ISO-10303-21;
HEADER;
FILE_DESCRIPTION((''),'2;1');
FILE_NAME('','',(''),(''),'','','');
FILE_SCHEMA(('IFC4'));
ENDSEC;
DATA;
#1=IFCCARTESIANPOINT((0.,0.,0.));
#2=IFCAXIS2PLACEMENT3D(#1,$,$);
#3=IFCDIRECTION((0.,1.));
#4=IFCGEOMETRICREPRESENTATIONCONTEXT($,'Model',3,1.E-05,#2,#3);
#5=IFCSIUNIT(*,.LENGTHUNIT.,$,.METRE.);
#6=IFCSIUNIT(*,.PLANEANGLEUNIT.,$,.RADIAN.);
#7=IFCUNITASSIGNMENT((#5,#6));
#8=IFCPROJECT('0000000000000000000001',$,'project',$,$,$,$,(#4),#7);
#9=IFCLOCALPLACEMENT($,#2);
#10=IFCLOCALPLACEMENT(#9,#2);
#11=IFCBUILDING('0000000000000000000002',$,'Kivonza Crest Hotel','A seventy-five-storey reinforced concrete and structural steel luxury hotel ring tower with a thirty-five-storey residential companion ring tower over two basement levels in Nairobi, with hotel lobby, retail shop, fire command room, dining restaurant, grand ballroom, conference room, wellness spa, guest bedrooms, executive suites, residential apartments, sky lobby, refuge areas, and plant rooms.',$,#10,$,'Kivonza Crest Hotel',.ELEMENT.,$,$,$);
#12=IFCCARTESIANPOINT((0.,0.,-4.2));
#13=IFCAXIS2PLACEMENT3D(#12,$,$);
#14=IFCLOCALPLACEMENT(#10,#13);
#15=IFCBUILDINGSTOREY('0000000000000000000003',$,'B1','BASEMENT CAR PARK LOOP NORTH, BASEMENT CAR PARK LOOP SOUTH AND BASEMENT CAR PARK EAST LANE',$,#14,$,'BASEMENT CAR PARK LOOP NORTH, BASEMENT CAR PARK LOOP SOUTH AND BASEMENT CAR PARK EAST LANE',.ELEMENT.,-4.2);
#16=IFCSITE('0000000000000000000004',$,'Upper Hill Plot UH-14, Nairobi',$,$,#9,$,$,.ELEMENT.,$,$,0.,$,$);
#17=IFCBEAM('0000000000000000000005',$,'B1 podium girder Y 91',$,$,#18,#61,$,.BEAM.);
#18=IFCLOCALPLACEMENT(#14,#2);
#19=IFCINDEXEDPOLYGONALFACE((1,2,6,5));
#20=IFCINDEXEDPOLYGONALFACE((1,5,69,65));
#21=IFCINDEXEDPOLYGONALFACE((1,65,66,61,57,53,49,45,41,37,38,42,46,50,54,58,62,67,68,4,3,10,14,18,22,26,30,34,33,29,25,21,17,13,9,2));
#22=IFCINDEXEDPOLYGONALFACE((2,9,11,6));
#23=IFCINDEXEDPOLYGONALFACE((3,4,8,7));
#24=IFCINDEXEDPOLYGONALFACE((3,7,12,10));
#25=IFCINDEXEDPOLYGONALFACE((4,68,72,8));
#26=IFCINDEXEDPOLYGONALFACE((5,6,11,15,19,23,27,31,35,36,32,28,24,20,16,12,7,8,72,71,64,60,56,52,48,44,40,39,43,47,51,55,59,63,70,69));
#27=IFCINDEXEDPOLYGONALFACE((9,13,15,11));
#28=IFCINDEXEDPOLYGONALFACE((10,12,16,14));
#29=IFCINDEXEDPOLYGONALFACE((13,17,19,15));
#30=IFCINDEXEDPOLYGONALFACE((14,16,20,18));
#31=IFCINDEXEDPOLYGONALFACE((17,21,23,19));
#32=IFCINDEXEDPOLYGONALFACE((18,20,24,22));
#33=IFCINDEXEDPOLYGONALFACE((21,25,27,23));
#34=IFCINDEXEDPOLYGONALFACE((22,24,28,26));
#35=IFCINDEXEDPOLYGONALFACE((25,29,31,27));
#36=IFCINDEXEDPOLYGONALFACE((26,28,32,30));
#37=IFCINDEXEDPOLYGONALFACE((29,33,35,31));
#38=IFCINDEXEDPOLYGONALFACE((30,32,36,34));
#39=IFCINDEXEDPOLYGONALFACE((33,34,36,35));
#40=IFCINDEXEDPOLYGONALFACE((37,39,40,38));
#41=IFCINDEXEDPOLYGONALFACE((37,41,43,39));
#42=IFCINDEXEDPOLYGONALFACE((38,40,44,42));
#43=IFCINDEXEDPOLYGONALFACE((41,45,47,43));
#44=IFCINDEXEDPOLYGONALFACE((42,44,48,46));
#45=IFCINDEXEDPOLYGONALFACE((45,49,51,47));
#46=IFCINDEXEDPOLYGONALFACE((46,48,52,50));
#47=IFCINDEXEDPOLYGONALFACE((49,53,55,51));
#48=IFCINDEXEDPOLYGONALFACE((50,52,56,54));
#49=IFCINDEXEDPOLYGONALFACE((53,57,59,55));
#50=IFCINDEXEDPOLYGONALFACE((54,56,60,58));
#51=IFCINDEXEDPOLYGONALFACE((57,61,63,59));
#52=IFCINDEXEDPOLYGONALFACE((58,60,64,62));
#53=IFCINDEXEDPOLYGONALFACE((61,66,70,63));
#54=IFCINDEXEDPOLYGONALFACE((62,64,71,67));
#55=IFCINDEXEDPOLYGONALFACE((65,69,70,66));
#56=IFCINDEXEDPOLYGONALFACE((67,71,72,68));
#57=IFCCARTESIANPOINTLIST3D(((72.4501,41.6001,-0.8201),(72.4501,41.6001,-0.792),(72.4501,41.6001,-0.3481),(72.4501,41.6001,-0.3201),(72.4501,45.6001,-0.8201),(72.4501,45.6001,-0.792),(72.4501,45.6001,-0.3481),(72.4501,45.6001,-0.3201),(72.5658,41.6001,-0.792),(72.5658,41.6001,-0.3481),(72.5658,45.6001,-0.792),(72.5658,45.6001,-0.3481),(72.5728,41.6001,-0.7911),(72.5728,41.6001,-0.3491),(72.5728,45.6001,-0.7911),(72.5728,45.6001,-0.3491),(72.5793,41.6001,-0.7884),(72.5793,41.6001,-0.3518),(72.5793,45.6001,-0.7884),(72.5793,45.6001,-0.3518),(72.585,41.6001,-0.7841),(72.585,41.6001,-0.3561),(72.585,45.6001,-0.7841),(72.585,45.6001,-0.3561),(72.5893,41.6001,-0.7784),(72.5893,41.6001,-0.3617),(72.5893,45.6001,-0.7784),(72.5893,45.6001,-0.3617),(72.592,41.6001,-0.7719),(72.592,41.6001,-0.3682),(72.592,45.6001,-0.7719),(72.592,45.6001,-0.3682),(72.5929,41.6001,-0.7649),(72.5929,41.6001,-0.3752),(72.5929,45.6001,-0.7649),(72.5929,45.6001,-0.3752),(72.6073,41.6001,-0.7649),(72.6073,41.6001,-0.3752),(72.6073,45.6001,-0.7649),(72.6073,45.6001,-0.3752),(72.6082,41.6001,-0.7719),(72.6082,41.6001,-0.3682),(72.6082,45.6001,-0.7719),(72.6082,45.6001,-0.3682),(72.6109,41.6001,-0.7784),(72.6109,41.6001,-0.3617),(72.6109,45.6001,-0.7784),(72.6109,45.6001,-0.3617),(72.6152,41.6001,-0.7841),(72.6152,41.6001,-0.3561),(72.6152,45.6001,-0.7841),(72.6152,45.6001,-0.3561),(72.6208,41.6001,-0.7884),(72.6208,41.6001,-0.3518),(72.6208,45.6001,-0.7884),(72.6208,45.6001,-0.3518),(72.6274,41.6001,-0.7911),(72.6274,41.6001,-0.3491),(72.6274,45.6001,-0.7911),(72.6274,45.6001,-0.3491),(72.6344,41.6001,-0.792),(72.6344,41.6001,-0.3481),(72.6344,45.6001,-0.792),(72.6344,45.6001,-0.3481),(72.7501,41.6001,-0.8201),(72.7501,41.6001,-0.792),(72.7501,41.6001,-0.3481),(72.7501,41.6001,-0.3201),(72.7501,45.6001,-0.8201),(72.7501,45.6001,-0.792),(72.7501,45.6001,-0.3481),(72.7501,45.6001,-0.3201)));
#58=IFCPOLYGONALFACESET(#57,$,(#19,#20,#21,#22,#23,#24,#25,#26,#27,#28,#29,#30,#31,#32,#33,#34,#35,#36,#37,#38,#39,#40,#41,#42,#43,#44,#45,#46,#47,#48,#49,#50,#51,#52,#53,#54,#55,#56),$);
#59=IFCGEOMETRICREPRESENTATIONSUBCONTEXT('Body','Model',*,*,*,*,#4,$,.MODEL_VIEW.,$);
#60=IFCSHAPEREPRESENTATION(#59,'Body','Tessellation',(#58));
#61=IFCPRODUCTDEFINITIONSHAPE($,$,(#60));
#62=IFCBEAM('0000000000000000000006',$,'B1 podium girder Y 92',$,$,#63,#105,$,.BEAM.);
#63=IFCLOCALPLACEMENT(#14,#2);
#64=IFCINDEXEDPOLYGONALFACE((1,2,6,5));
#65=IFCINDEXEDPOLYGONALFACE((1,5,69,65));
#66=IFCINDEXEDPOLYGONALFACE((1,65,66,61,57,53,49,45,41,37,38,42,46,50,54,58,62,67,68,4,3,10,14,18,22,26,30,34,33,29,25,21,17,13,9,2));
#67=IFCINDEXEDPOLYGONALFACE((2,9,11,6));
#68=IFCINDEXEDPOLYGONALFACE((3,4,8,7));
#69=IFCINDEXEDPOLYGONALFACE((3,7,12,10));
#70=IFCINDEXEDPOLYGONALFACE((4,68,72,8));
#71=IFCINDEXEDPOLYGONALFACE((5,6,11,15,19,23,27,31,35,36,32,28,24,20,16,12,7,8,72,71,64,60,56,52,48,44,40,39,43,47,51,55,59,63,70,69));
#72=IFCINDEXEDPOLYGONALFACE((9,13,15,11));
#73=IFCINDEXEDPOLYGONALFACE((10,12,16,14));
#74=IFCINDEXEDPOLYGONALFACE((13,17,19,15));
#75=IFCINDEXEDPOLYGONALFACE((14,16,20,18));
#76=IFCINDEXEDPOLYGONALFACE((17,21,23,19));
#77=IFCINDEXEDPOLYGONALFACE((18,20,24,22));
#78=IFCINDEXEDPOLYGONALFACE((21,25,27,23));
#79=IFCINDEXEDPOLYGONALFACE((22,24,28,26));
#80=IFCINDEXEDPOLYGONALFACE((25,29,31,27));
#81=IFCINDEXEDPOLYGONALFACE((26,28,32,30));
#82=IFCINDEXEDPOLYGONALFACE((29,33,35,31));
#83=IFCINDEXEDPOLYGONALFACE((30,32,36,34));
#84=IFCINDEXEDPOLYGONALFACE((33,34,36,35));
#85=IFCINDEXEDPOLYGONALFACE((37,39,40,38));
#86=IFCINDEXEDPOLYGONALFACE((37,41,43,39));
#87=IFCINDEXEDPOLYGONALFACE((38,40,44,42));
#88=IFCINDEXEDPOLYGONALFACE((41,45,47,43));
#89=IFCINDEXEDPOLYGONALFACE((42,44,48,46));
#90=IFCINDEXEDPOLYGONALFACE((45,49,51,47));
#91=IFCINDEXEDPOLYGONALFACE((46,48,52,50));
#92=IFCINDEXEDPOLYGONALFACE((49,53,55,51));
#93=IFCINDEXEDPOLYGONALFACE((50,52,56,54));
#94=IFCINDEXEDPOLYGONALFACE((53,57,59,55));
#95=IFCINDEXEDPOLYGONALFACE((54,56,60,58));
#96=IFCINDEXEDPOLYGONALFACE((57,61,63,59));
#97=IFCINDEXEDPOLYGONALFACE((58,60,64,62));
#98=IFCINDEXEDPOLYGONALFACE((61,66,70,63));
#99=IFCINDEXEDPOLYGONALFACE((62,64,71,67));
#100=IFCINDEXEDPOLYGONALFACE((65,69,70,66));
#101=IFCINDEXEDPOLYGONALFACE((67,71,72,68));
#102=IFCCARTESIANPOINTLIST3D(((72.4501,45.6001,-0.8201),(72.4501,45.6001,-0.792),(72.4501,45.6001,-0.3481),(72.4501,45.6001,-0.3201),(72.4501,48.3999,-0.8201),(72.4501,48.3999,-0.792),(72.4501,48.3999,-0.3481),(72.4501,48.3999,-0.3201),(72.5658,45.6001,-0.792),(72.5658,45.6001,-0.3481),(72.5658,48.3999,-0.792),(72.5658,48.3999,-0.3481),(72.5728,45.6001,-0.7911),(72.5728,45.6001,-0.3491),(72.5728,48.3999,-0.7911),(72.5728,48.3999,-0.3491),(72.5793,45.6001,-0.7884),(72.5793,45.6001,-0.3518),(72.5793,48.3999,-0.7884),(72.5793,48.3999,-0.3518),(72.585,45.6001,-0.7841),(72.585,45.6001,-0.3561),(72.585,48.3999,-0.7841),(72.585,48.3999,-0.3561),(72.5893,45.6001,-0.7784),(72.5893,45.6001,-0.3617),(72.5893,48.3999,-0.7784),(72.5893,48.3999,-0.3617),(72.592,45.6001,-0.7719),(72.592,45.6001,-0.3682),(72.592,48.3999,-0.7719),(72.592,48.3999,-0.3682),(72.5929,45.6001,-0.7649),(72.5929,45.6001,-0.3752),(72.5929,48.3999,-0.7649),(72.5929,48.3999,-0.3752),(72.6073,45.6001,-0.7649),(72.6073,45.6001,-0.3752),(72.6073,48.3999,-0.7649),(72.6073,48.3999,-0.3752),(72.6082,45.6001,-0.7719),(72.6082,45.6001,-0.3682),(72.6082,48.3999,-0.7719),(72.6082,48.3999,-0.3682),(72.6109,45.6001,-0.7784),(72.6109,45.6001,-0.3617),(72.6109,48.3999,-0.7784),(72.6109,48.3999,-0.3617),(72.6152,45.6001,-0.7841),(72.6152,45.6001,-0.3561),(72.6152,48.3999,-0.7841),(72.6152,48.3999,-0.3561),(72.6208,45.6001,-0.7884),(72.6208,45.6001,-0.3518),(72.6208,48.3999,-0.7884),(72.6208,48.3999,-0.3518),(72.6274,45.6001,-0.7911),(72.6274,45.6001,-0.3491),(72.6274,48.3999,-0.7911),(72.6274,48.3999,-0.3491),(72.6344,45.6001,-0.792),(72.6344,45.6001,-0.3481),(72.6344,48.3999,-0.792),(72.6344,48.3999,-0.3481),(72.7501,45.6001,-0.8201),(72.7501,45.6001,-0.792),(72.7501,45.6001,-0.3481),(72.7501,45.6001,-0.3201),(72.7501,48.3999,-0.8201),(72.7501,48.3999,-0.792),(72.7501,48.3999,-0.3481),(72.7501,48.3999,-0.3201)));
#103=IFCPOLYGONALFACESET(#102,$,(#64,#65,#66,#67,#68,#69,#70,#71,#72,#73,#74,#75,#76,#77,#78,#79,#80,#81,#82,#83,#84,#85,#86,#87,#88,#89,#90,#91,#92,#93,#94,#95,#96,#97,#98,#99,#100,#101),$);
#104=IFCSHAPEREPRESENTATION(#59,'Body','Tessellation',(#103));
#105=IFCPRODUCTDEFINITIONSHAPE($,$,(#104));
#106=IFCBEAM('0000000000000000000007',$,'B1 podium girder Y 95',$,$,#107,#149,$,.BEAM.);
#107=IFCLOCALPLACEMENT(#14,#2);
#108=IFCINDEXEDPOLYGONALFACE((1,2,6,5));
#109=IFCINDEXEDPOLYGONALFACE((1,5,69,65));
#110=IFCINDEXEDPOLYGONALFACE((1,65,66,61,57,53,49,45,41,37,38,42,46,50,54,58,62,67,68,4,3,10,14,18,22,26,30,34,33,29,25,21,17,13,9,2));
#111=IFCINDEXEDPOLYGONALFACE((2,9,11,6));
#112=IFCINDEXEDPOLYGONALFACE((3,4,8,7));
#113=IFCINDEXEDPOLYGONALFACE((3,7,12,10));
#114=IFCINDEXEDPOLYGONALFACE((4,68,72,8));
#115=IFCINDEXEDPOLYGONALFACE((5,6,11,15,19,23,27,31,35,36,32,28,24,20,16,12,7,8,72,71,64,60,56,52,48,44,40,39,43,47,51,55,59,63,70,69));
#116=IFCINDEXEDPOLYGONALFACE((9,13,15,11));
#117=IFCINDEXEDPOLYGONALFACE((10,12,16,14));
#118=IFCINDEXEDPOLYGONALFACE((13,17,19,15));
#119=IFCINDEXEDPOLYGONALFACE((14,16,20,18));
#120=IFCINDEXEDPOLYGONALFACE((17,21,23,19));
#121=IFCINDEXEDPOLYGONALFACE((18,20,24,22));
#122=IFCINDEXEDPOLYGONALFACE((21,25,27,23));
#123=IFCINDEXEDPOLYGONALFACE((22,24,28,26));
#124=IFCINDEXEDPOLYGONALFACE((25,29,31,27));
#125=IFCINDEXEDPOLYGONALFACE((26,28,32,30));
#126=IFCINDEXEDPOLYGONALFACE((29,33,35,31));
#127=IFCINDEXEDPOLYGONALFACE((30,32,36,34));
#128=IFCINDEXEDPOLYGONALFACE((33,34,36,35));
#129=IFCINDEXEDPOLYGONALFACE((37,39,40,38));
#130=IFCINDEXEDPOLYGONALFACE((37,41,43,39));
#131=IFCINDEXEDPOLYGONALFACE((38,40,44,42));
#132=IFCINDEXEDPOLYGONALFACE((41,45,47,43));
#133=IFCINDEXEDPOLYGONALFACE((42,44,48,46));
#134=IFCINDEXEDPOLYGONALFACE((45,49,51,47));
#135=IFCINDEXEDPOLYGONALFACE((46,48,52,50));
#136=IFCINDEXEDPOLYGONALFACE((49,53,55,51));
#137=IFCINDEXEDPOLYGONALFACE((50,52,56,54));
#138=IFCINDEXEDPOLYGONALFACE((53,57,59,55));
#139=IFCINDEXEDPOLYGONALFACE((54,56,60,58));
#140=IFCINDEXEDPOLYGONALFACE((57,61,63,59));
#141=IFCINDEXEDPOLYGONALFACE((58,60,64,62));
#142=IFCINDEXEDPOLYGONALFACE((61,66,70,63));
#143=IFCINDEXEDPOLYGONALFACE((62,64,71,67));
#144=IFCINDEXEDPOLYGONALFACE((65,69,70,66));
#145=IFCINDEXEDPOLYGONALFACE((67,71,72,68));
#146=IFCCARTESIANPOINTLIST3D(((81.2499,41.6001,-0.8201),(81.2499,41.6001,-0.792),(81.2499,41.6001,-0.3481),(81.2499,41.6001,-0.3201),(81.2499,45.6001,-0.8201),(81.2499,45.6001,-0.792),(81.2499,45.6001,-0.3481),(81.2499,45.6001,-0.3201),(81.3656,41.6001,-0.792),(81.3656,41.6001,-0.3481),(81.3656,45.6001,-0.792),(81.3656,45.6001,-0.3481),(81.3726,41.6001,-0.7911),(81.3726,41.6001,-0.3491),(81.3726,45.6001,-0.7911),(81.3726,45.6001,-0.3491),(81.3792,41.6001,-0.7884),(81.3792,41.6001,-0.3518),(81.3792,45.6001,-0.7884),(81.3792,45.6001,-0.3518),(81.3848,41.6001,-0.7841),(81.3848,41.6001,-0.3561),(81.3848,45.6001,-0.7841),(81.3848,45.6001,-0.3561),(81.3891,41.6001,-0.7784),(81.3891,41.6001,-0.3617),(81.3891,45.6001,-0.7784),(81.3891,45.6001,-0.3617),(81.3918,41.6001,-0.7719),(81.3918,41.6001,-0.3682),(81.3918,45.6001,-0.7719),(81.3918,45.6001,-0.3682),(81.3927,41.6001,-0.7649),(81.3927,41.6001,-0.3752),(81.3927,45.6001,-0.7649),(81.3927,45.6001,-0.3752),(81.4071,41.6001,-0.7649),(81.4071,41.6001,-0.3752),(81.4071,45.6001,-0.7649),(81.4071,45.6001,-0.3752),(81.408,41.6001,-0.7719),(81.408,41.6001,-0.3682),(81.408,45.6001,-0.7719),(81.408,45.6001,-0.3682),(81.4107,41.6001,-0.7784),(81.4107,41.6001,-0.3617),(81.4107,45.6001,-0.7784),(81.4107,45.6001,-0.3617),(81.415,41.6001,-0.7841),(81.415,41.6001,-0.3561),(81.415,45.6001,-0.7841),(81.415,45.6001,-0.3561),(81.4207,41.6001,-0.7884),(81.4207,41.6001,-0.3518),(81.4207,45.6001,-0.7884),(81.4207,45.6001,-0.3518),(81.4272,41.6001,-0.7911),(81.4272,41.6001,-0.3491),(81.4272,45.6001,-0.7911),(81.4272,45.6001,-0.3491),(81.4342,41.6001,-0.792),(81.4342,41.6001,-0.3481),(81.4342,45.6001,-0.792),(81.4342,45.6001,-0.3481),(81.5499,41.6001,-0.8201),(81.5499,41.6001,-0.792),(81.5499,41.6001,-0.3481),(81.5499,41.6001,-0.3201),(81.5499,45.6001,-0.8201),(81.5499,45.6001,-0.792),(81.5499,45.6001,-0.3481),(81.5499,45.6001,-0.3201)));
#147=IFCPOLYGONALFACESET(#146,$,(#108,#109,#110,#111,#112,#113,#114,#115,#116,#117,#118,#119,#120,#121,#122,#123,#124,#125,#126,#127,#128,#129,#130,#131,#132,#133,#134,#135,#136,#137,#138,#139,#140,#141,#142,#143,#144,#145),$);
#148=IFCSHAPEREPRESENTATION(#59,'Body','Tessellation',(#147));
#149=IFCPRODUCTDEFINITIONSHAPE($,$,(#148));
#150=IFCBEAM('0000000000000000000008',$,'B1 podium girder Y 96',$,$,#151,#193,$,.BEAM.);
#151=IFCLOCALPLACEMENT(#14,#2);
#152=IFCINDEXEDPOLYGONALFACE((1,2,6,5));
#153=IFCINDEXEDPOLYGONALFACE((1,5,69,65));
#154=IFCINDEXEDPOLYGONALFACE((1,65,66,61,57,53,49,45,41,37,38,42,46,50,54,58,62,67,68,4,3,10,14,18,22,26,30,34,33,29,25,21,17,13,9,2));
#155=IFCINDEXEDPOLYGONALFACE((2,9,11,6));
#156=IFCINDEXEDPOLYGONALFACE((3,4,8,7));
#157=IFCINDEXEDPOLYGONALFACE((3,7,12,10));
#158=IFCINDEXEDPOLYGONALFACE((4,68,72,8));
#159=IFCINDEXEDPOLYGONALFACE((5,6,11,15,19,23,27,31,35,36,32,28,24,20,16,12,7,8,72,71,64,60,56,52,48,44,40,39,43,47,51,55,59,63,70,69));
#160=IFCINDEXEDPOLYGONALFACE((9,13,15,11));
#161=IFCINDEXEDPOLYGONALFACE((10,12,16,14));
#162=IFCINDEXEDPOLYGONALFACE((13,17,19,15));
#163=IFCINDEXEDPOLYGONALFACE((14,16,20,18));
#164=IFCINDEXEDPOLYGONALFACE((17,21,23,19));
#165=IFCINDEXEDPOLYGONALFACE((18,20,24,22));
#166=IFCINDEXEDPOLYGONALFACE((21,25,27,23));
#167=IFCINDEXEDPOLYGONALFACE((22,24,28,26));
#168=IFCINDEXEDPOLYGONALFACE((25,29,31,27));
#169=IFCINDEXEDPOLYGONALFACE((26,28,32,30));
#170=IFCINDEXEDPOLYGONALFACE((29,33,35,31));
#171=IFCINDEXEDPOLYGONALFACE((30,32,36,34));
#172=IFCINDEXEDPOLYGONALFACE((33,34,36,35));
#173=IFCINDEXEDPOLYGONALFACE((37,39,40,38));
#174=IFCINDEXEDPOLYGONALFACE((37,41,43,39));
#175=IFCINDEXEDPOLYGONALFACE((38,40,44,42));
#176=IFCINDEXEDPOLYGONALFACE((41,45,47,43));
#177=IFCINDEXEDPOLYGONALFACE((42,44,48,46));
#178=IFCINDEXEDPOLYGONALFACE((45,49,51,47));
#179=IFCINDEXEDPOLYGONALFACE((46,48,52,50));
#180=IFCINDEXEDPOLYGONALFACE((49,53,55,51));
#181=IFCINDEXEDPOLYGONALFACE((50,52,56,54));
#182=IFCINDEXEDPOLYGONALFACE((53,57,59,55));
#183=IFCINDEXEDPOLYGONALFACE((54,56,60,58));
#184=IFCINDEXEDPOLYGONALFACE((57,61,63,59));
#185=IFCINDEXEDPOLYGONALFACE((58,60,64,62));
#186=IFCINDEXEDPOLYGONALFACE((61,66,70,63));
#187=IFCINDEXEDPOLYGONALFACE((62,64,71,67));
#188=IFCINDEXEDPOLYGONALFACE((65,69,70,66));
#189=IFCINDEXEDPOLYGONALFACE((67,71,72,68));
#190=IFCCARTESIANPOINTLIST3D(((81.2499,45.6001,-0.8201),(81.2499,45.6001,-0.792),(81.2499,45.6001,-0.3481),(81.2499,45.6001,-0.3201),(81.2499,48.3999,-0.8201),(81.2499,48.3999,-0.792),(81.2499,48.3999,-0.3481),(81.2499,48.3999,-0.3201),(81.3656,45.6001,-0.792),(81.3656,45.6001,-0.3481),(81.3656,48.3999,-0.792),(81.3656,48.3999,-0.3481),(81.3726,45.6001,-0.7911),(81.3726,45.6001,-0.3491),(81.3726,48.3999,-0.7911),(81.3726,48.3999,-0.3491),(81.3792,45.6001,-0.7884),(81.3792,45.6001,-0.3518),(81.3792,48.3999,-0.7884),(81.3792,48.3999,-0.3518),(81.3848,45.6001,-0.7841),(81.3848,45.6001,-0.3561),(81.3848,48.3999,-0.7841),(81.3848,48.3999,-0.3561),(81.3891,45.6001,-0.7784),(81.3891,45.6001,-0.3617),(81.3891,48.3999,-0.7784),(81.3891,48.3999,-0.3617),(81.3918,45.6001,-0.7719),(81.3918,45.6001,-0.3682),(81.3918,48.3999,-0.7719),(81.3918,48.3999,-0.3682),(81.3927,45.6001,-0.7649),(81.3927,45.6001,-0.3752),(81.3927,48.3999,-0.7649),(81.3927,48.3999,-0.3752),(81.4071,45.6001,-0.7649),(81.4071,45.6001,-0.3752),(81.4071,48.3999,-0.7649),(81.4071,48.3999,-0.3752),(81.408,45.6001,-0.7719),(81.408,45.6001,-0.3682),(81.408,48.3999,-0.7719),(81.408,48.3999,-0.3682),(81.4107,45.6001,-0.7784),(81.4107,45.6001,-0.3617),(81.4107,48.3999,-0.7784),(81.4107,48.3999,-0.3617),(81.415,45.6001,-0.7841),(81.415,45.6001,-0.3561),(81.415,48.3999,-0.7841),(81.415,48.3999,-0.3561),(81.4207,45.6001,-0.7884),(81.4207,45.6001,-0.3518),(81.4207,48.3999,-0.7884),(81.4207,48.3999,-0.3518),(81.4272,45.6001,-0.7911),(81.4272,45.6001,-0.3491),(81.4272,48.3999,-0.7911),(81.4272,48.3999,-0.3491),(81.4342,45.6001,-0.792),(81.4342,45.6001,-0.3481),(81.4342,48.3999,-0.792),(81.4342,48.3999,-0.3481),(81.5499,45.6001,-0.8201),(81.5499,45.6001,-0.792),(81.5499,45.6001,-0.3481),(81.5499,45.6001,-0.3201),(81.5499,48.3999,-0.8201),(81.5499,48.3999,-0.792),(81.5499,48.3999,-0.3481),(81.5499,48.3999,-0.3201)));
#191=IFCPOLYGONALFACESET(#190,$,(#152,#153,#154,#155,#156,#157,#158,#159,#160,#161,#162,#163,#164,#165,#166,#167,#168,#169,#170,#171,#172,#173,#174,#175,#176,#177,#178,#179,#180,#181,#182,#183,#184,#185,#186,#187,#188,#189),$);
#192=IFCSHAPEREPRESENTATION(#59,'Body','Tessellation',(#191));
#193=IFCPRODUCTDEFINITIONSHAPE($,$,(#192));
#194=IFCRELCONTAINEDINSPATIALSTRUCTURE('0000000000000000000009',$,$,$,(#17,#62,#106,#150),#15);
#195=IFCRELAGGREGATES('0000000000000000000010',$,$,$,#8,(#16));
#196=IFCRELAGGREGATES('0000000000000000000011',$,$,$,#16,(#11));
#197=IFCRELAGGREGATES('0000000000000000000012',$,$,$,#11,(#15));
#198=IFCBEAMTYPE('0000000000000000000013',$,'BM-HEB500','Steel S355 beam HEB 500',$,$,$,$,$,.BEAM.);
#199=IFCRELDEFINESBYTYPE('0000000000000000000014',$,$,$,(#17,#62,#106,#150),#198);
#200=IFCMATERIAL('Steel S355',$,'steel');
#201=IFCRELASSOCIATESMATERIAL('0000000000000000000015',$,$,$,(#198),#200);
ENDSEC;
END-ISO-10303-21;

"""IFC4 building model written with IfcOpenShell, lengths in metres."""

from ifc_helpers import new_model, si_unit, direction, frame, origin, origin_2d, place, context, subcontext, project, spatial, i_section, extrude, material, material_profile, profile_set, type_object, element, save


model = new_model("IFC4")

# Units and contexts
model_context = context("Model", 3, precision=1e-05, world=origin(), true_north=direction((0.0, 1.0)))
body_context = subcontext(model_context, "Body", "Model", "MODEL_VIEW")
ifc_project = project(units=[si_unit("LENGTHUNIT", "METRE"), si_unit("PLANEANGLEUNIT", "RADIAN")], contexts=[model_context])

# Site, building, storey
site_placement = place(None, origin())
site = spatial("IfcSite", under=ifc_project, at=site_placement, Name="Upper Hill Plot UH-14, Nairobi", CompositionType="ELEMENT", RefElevation=0.0)
building_placement = place(site_placement, origin())
building = spatial("IfcBuilding", under=site, at=building_placement, Name="Kivonza Crest Hotel", Description="A seventy-five-storey reinforced concrete and structural steel luxury hotel ring tower with a thirty-five-storey residential companion ring tower over two basement levels in Nairobi, with hotel lobby, retail shop, fire command room, dining restaurant, grand ballroom, conference room, wellness spa, guest bedrooms, executive suites, residential apartments, sky lobby, refuge areas, and plant rooms.", LongName="Kivonza Crest Hotel", CompositionType="ELEMENT")
storey_placement = place(building_placement, frame((0.0, 0.0, -4.2)))
storey = spatial("IfcBuildingStorey", under=building, at=storey_placement, Name="B1", Description="BASEMENT CAR PARK LOOP NORTH, BASEMENT CAR PARK LOOP SOUTH AND BASEMENT CAR PARK EAST LANE", LongName="BASEMENT CAR PARK LOOP NORTH, BASEMENT CAR PARK LOOP SOUTH AND BASEMENT CAR PARK EAST LANE", CompositionType="ELEMENT", Elevation=-4.2)

# Beams
ifc_material_1 = material(Name="Steel S355", Category="steel")
ifc_material_profile_1 = material_profile(ifc_material_1, i_section(OverallWidth=0.3, OverallDepth=0.5, WebThickness=0.0144, FlangeThickness=0.0281, FilletRadius=0.0271, at=origin_2d()), Name="HEB 500")
ifc_profile_set_1 = profile_set([ifc_material_profile_1], Name="Steel S355")
beam_type_1 = type_object("IfcBeamType", Name="BM-HEB500", Description="Steel S355 beam HEB 500", PredefinedType="BEAM", material=ifc_profile_set_1)
beam_1_placement = place(storey_placement, frame((72.6001, 41.6001, -0.5701), z_axis=(0.0, 1.0, 0.0), x_axis=(-1.0, 0.0, 0.0)))
element("IfcBeam", 1, at=beam_1_placement, inside=storey, type_object=beam_type_1, Name="B1 podium girder Y 91", PredefinedType="BEAM", context=body_context, shape_type="SweptSolid", body=[
    extrude(i_section(OverallWidth=0.3, OverallDepth=0.5, WebThickness=0.0144, FlangeThickness=0.0281, FilletRadius=0.0271, at=origin_2d()), origin(), (0.0, 0.0, 1.0), 4.0),
])
beam_2_placement = place(storey_placement, frame((72.6001, 45.6001, -0.5701), z_axis=(0.0, 1.0, 0.0), x_axis=(-1.0, 0.0, 0.0)))
element("IfcBeam", 2, at=beam_2_placement, inside=storey, type_object=beam_type_1, Name="B1 podium girder Y 92", PredefinedType="BEAM", context=body_context, shape_type="SweptSolid", body=[
    extrude(i_section(OverallWidth=0.3, OverallDepth=0.5, WebThickness=0.0144, FlangeThickness=0.0281, FilletRadius=0.0271, at=origin_2d()), origin(), (0.0, 0.0, 1.0), 2.7998),
])
beam_3_placement = place(storey_placement, frame((81.3999, 41.6001, -0.5701), z_axis=(0.0, 1.0, 0.0), x_axis=(-1.0, 0.0, 0.0)))
element("IfcBeam", 3, at=beam_3_placement, inside=storey, type_object=beam_type_1, Name="B1 podium girder Y 95", PredefinedType="BEAM", context=body_context, shape_type="SweptSolid", body=[
    extrude(i_section(OverallWidth=0.3, OverallDepth=0.5, WebThickness=0.0144, FlangeThickness=0.0281, FilletRadius=0.0271, at=origin_2d()), origin(), (0.0, 0.0, 1.0), 4.0),
])
beam_4_placement = place(storey_placement, frame((81.3999, 45.6001, -0.5701), z_axis=(0.0, 1.0, 0.0), x_axis=(-1.0, 0.0, 0.0)))
element("IfcBeam", 4, at=beam_4_placement, inside=storey, type_object=beam_type_1, Name="B1 podium girder Y 96", PredefinedType="BEAM", context=body_context, shape_type="SweptSolid", body=[
    extrude(i_section(OverallWidth=0.3, OverallDepth=0.5, WebThickness=0.0144, FlangeThickness=0.0281, FilletRadius=0.0271, at=origin_2d()), origin(), (0.0, 0.0, 1.0), 2.7998),
])

save(model, "model.ifc")
